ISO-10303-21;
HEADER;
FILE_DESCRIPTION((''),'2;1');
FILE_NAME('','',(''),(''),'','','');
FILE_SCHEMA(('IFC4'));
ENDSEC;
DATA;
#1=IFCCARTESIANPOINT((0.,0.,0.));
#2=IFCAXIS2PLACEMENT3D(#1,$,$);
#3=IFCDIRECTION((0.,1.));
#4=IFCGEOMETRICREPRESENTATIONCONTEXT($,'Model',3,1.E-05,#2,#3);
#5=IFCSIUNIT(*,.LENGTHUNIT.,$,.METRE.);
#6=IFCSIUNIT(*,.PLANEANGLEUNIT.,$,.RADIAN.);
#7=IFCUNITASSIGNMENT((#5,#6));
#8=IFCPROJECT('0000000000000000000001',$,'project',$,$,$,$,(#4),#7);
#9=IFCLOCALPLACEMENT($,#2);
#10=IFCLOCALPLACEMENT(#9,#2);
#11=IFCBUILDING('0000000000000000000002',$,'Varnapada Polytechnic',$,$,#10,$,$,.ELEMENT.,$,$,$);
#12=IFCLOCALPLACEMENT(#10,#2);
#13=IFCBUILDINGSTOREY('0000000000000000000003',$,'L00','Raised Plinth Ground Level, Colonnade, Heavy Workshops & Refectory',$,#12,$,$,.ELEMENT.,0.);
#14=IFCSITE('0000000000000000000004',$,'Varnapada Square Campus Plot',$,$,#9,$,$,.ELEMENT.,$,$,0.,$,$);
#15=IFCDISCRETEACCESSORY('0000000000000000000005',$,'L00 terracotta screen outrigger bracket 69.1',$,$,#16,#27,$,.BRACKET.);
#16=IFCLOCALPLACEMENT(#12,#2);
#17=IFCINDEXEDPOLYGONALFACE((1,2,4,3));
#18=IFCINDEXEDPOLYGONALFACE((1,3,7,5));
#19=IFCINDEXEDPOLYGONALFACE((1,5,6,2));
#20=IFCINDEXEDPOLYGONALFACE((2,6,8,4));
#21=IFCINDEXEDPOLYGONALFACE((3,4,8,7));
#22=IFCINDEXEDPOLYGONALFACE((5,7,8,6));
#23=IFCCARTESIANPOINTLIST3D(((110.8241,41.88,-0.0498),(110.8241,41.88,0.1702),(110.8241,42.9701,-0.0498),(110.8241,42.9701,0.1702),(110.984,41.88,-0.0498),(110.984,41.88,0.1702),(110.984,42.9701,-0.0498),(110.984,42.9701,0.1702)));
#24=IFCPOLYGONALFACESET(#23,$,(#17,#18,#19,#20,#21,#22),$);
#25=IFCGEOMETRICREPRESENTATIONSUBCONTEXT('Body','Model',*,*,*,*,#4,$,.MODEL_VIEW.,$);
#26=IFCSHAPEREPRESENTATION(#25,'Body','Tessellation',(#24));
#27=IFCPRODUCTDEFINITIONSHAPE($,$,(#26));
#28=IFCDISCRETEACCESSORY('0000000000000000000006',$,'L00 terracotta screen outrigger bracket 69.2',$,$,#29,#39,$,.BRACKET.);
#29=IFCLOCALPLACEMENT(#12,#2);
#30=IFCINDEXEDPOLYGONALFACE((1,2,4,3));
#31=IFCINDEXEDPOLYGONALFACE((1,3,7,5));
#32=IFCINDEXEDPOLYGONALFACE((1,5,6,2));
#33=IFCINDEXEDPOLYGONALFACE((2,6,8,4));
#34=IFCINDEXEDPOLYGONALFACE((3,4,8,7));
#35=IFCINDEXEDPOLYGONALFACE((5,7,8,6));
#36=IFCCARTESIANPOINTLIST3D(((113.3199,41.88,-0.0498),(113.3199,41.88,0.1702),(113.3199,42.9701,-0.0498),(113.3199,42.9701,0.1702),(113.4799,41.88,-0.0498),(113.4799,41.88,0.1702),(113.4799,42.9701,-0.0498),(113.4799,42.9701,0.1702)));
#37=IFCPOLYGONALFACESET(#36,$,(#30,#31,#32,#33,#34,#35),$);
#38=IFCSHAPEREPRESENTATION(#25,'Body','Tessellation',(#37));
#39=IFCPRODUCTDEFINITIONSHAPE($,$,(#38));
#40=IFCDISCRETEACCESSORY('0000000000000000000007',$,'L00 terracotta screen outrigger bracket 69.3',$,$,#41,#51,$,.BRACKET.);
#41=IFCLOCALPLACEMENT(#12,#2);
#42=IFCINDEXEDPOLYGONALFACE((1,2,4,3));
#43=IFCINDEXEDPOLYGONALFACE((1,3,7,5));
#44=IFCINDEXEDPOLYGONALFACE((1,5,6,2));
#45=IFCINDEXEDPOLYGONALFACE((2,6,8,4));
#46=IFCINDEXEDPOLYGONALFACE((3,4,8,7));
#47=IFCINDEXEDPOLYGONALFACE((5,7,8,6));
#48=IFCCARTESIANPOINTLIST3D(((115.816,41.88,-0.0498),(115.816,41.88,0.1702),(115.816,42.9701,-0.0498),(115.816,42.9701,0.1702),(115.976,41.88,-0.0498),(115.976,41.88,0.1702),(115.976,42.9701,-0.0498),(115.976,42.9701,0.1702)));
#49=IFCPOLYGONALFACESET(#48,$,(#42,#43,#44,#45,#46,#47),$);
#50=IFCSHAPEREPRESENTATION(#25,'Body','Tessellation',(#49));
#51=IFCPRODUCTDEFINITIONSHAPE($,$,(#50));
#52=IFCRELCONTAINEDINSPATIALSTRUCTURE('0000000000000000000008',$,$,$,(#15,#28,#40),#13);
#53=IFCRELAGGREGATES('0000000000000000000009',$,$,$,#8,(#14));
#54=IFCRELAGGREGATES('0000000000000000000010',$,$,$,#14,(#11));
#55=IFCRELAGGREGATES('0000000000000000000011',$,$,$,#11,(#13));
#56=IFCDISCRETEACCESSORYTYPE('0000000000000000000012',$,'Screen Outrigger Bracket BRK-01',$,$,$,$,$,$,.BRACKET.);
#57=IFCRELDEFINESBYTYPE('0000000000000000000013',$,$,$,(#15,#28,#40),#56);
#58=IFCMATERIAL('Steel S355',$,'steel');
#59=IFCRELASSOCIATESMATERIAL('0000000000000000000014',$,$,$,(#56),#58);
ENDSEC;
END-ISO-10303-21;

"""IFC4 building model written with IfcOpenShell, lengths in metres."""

from ifc_helpers import new_model, si_unit, direction, frame, origin, origin_2d, place, context, subcontext, project, spatial, rectangle, extrude, material, type_object, element, save


model = new_model("IFC4")

# Units and contexts
model_context = context("Model", 3, precision=1e-05, world=origin(), true_north=direction((0.0, 1.0)))
body_context = subcontext(model_context, "Body", "Model", "MODEL_VIEW")
ifc_project = project(units=[si_unit("LENGTHUNIT", "METRE"), si_unit("PLANEANGLEUNIT", "RADIAN")], contexts=[model_context])

# Site, building, storey
site_placement = place(None, origin())
site = spatial("IfcSite", under=ifc_project, at=site_placement, Name="Varnapada Square Campus Plot", CompositionType="ELEMENT", RefElevation=0.0)
building_placement = place(site_placement, origin())
building = spatial("IfcBuilding", under=site, at=building_placement, Name="Varnapada Polytechnic", CompositionType="ELEMENT")
storey_placement = place(building_placement, origin())
storey = spatial("IfcBuildingStorey", under=building, at=storey_placement, Name="L00", Description="Raised Plinth Ground Level, Colonnade, Heavy Workshops & Refectory", CompositionType="ELEMENT", Elevation=0.0)

# Shared definitions
ifc_material_1 = material(Name="Steel S355", Category="steel")

# Discrete accessories
discrete_accessory_type = type_object("IfcDiscreteAccessoryType", Name="Screen Outrigger Bracket BRK-01", PredefinedType="BRACKET", material=ifc_material_1)
for number, where, z_axis, x_axis, name in (
    (1, (110.9041, 42.425, -0.0498), (0.0, 0.0, 1.0), (1.0, 0.0, 0.0), "L00 terracotta screen outrigger bracket 69.1"),
    (2, (113.3999, 42.425, -0.0498), (0.0, 0.0, 1.0), (1.0, 0.0, 0.0), "L00 terracotta screen outrigger bracket 69.2"),
    (3, (115.896, 42.425, -0.0498), (0.0, 0.0, 1.0), (1.0, 0.0, 0.0), "L00 terracotta screen outrigger bracket 69.3"),
):
    element("IfcDiscreteAccessory", number, at=place(storey_placement, frame(where, z_axis=z_axis, x_axis=x_axis)), inside=storey, type_object=discrete_accessory_type, Name=name, PredefinedType="BRACKET", context=body_context, shape_type="SweptSolid", body=[
        extrude(rectangle(XDim=0.1599, YDim=1.0901, at=origin_2d()), origin(), (0.0, 0.0, 1.0), 0.22),
    ])

save(model, "model.ifc")
